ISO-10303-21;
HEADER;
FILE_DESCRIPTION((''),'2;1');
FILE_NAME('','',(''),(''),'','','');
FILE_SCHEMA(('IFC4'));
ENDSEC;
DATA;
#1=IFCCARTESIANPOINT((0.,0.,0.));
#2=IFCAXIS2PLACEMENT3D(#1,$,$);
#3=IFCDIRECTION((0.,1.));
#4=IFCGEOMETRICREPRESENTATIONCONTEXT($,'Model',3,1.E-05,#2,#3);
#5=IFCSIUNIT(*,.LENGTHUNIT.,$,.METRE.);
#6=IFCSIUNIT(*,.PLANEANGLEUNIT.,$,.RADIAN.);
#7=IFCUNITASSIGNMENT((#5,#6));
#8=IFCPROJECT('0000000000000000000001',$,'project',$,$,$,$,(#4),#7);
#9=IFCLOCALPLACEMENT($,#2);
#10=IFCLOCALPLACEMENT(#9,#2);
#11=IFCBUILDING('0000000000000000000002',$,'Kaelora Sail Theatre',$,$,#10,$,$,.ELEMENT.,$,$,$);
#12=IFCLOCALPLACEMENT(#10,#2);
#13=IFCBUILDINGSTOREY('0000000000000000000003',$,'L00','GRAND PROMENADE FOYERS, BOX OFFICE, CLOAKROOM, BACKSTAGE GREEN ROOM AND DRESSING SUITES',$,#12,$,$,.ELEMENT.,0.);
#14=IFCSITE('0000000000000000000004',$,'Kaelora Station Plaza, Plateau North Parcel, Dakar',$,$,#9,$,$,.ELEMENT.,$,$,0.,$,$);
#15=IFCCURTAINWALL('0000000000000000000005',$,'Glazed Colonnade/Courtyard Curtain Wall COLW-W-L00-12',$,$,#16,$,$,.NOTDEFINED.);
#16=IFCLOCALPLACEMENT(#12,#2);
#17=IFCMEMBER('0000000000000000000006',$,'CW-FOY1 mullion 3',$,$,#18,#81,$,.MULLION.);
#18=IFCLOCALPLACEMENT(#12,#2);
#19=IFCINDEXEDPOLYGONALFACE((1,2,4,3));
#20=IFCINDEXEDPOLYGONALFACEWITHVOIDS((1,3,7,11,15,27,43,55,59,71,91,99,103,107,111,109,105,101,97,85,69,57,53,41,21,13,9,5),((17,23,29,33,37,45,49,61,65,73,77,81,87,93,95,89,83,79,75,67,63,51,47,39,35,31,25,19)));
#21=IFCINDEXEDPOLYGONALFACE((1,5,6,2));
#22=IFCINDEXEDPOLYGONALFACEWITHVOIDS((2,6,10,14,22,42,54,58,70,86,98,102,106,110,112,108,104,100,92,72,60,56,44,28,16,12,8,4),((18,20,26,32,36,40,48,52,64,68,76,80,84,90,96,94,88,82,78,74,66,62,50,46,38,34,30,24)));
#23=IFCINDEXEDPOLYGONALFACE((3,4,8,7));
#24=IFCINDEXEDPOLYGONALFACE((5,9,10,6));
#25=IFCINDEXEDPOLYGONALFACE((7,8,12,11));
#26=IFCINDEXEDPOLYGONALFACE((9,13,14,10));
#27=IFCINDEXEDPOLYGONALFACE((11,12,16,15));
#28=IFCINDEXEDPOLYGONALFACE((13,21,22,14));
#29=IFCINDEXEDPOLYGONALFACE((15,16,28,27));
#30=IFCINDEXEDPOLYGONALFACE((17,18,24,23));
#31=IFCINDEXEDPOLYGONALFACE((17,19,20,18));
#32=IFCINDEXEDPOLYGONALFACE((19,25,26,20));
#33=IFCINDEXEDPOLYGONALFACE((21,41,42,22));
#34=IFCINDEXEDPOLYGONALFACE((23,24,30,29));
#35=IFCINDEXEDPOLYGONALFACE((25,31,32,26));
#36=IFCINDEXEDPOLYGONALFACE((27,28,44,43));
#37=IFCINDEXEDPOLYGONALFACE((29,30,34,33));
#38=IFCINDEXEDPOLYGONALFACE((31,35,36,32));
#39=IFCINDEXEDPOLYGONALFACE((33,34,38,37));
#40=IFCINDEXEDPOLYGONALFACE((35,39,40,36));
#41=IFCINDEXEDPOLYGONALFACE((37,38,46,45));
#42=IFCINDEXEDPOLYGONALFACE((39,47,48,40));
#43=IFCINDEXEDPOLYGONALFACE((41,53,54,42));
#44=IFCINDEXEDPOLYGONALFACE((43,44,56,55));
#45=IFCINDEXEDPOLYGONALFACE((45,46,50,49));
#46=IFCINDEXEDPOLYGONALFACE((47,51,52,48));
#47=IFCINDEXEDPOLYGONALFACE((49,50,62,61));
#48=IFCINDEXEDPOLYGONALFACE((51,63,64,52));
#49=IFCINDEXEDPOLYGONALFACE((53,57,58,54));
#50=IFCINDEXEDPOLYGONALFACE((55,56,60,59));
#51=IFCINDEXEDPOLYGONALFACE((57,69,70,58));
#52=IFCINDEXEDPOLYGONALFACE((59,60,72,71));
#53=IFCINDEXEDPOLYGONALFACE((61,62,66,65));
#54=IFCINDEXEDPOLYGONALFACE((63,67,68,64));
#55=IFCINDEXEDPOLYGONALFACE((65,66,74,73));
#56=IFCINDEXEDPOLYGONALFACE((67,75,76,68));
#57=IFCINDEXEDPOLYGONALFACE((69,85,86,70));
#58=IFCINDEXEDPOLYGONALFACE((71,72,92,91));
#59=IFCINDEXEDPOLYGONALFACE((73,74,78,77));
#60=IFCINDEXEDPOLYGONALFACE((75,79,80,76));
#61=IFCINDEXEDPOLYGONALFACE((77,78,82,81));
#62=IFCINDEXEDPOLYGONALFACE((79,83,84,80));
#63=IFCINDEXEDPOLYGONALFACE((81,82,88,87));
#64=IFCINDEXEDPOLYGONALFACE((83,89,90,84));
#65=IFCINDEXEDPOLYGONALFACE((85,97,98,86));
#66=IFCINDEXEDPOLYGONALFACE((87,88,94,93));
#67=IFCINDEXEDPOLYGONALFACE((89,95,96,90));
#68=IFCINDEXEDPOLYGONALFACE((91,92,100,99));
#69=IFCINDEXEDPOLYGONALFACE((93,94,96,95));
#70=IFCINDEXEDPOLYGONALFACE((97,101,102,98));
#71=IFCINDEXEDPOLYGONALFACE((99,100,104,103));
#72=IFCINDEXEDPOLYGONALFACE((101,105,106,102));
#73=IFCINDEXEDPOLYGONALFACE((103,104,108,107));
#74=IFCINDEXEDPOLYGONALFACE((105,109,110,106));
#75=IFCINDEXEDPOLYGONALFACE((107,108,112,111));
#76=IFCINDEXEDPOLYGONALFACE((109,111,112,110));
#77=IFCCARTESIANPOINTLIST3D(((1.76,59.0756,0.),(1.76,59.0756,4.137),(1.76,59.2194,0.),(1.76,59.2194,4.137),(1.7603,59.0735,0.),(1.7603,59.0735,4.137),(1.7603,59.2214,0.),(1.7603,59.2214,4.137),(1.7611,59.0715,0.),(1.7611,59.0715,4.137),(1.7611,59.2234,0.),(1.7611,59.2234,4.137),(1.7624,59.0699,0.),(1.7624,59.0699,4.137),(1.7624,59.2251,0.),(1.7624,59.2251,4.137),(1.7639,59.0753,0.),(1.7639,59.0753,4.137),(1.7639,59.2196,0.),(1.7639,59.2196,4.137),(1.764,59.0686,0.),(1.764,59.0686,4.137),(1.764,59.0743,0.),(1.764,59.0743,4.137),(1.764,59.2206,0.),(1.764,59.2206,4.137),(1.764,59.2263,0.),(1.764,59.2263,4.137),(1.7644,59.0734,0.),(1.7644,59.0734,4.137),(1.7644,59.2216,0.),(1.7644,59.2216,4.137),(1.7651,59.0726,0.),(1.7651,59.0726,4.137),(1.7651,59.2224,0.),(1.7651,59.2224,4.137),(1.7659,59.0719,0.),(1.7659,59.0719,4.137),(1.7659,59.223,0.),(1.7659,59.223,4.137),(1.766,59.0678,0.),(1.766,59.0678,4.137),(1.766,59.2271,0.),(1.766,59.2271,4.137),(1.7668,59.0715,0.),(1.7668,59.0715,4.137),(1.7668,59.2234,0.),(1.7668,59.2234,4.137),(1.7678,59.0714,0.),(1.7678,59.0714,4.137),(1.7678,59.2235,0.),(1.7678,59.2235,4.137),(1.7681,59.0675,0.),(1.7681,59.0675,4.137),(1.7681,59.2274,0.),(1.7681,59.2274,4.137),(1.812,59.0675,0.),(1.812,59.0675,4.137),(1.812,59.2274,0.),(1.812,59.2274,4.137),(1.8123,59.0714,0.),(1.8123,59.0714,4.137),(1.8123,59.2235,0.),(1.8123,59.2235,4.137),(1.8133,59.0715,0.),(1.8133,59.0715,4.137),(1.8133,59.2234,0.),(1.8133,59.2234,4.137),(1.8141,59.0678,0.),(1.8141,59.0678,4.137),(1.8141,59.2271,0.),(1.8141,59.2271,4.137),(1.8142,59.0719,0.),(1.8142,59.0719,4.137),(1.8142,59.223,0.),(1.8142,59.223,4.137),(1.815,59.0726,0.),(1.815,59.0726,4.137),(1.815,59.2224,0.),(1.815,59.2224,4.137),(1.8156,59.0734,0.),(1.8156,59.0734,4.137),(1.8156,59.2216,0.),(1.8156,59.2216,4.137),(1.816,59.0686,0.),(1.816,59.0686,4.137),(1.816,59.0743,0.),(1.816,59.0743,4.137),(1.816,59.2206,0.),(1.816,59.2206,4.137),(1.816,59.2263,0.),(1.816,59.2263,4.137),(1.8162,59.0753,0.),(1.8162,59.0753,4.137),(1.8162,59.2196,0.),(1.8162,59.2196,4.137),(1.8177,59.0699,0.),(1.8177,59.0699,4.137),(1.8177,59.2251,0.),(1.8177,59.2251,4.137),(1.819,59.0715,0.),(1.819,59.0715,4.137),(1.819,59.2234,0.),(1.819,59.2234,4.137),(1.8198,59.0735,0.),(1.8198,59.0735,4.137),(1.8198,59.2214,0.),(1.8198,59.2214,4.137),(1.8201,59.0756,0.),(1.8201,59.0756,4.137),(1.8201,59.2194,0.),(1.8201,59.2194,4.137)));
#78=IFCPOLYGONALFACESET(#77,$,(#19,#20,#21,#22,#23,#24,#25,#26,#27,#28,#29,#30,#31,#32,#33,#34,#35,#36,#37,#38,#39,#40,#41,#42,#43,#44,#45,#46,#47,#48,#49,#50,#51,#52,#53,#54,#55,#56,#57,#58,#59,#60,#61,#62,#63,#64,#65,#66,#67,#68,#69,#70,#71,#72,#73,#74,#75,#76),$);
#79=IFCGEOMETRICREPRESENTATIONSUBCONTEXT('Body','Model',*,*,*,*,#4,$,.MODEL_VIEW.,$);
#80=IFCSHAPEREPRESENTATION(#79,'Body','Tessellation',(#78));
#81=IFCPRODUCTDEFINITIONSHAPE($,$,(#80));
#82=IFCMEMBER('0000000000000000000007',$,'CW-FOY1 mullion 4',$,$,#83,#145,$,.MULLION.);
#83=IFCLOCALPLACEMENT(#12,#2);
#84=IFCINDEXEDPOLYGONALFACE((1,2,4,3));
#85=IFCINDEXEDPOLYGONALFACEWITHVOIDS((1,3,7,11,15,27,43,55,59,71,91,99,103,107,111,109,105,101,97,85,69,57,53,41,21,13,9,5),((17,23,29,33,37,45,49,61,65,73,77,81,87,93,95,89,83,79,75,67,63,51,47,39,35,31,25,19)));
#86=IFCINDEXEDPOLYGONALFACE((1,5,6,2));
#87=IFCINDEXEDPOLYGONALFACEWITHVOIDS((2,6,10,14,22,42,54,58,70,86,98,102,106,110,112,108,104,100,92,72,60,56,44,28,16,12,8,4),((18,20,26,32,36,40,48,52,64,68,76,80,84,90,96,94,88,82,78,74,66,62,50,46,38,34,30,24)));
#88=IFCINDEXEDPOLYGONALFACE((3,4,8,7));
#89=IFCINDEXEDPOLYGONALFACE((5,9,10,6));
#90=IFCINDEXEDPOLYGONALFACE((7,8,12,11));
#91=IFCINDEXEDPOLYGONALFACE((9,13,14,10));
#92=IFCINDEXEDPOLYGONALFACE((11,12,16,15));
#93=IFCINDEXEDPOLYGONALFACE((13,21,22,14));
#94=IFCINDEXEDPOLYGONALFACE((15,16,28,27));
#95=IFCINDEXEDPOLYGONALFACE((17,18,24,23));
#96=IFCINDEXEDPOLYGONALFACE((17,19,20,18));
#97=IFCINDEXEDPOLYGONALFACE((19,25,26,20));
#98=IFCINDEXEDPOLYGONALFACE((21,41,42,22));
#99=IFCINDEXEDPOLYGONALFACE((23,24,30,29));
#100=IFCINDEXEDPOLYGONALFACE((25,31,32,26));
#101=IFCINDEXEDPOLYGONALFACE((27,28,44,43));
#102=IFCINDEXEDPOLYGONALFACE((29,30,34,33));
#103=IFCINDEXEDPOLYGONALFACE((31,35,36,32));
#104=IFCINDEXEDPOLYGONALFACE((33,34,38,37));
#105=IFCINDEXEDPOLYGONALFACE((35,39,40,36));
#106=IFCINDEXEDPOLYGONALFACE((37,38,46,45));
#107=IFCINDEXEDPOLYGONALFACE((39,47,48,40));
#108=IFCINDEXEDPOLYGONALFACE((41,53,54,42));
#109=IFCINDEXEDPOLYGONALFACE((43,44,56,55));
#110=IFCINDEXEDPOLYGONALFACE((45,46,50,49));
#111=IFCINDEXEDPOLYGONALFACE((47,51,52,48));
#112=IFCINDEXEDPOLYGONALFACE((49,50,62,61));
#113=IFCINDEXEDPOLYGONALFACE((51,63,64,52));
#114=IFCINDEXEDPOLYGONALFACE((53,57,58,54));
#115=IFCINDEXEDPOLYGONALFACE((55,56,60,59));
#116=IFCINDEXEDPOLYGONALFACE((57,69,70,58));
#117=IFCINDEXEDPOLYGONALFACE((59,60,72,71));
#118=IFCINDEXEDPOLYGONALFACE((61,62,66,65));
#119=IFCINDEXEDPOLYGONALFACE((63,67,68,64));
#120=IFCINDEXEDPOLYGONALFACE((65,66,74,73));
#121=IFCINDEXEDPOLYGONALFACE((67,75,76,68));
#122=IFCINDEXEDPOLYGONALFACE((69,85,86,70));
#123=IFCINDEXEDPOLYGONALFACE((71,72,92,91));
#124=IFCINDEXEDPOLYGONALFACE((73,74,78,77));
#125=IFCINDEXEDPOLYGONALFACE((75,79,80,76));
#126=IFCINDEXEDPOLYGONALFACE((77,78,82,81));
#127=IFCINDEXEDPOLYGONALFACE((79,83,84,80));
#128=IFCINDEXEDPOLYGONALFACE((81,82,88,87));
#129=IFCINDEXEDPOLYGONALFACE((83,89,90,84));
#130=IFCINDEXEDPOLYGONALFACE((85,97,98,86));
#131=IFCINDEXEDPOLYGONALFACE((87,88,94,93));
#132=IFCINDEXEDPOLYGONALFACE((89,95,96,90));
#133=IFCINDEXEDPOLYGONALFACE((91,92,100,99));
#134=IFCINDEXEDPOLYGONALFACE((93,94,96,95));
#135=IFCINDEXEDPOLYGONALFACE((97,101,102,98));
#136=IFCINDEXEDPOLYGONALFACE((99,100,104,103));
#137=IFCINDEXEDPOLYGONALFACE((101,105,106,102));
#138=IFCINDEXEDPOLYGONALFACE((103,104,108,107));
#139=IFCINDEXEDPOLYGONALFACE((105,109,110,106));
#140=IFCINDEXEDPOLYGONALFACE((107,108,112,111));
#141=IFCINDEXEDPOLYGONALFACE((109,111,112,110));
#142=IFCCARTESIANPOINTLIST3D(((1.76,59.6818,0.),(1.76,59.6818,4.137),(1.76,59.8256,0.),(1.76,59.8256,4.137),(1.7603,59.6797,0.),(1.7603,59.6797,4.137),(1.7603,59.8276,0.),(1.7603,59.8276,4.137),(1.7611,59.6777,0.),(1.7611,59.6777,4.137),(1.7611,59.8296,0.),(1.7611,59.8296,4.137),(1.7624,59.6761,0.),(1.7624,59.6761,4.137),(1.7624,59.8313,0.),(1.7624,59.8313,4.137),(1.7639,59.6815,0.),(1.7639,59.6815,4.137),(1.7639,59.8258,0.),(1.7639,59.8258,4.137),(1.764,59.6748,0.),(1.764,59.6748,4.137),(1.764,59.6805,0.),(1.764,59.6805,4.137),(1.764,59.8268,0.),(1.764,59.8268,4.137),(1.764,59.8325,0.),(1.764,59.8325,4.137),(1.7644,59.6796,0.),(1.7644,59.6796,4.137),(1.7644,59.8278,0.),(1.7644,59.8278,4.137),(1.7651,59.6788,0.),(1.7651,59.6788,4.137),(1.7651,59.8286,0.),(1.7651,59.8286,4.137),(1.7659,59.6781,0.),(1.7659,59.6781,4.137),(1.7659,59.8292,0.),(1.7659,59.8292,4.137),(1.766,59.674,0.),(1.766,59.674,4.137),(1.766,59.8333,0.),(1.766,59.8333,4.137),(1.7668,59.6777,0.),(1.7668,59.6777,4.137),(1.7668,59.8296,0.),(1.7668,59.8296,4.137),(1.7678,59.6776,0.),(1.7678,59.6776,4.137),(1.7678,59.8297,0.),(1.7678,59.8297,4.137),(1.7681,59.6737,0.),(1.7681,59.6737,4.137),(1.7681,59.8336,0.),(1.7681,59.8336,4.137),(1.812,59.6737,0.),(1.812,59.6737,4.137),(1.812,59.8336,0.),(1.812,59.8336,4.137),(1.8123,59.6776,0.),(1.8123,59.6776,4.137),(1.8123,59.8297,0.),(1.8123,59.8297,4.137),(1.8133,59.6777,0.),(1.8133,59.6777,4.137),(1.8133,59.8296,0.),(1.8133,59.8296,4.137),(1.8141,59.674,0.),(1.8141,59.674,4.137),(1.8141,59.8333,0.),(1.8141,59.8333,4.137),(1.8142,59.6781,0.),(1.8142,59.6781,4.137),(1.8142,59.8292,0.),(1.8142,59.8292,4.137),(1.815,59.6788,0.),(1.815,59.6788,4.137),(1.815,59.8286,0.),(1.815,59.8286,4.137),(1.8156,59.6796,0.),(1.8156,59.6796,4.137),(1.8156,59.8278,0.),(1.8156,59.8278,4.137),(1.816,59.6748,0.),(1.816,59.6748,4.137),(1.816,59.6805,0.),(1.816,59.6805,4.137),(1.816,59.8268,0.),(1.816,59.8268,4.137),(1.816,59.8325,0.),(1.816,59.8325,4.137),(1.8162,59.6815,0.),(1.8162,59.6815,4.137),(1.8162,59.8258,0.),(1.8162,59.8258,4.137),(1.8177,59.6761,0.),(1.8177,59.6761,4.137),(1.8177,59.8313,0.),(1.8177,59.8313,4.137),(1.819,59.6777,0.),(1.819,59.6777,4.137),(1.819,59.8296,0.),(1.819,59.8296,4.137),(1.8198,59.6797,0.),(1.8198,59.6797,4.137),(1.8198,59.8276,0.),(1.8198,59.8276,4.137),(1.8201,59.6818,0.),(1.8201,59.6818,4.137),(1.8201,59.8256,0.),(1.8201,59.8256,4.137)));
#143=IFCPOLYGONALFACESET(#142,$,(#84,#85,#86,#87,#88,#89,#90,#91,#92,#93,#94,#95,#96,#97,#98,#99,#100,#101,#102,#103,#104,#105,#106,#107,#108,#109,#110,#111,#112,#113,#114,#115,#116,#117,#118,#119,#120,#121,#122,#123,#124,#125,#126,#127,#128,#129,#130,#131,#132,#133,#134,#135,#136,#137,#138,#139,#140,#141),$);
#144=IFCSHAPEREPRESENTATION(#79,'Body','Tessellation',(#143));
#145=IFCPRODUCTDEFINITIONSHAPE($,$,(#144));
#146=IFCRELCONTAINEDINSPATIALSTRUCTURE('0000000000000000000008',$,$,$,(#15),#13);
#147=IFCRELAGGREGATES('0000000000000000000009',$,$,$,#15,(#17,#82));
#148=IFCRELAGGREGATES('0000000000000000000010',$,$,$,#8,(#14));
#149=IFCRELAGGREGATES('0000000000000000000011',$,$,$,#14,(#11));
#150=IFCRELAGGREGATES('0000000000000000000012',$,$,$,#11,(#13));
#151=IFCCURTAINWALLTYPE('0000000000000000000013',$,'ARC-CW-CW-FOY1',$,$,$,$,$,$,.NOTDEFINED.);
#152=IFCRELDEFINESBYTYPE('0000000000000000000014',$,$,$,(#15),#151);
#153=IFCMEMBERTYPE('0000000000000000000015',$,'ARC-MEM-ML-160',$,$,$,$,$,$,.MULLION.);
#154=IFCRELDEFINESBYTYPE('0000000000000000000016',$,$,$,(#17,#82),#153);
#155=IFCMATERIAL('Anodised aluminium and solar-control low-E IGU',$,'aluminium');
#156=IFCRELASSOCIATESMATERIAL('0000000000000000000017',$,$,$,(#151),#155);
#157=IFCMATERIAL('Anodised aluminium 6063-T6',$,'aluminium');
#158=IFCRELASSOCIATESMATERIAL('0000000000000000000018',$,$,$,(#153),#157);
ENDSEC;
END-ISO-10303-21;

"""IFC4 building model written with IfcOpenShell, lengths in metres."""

from ifc_helpers import new_model, si_unit, direction, frame, origin, origin_2d, place, context, subcontext, project, spatial, hollow_rectangle, extrude, material, material_profile, profile_set, type_object, element, aggregate, save


model = new_model("IFC4")

# Units and contexts
model_context = context("Model", 3, precision=1e-05, world=origin(), true_north=direction((0.0, 1.0)))
body_context = subcontext(model_context, "Body", "Model", "MODEL_VIEW")
ifc_project = project(units=[si_unit("LENGTHUNIT", "METRE"), si_unit("PLANEANGLEUNIT", "RADIAN")], contexts=[model_context])

# Site, building, storey
site_placement = place(None, origin())
site = spatial("IfcSite", under=ifc_project, at=site_placement, Name="Kaelora Station Plaza, Plateau North Parcel, Dakar", CompositionType="ELEMENT", RefElevation=0.0)
building_placement = place(site_placement, origin())
building = spatial("IfcBuilding", under=site, at=building_placement, Name="Kaelora Sail Theatre", CompositionType="ELEMENT")
storey_placement = place(building_placement, origin())
storey = spatial("IfcBuildingStorey", under=building, at=storey_placement, Name="L00", Description="GRAND PROMENADE FOYERS, BOX OFFICE, CLOAKROOM, BACKSTAGE GREEN ROOM AND DRESSING SUITES", CompositionType="ELEMENT", Elevation=0.0)

# Curtain wall, members
ifc_material_1 = material(Name="Anodised aluminium and solar-control low-E IGU", Category="aluminium")
curtain_wall_type = type_object("IfcCurtainWallType", Name="ARC-CW-CW-FOY1", PredefinedType="NOTDEFINED", material=ifc_material_1)
curtain_wall_placement = place(storey_placement, origin())
curtain_wall = element("IfcCurtainWall", 1, at=curtain_wall_placement, inside=storey, type_object=curtain_wall_type, Name="Glazed Colonnade/Courtyard Curtain Wall COLW-W-L00-12", PredefinedType="NOTDEFINED")
ifc_material_2 = material(Name="Anodised aluminium 6063-T6", Category="aluminium")
ifc_material_profile_1 = material_profile(ifc_material_2, hollow_rectangle(XDim=0.0601, YDim=0.1599, WallThickness=0.0039, InnerFilletRadius=0.0039, OuterFilletRadius=0.0081, at=origin_2d()), Name="ALU-MULL 60x160x4")
ifc_profile_set_1 = profile_set([ifc_material_profile_1], Name="Anodised aluminium 6063-T6")
member_type_1 = type_object("IfcMemberType", Name="ARC-MEM-ML-160", PredefinedType="MULLION", material=ifc_profile_set_1)
member_1_placement = place(storey_placement, frame((1.79, 59.1475, 0.0), z_axis=(0.0, 0.0, 1.0), x_axis=(-1.0, 0.0, 0.0)))
member_1 = element("IfcMember", 2, at=member_1_placement, type_object=member_type_1, Name="CW-FOY1 mullion 3", PredefinedType="MULLION", context=body_context, shape_type="SweptSolid", body=[
    extrude(hollow_rectangle(XDim=0.0601, YDim=0.1599, WallThickness=0.0039, InnerFilletRadius=0.0039, OuterFilletRadius=0.0081, at=origin_2d()), origin(), (0.0, 0.0, 1.0), 4.137),
])
member_2_placement = place(storey_placement, frame((1.79, 59.7537, 0.0), z_axis=(0.0, 0.0, 1.0), x_axis=(-1.0, 0.0, 0.0)))
member_2 = element("IfcMember", 3, at=member_2_placement, type_object=member_type_1, Name="CW-FOY1 mullion 4", PredefinedType="MULLION", context=body_context, shape_type="SweptSolid", body=[
    extrude(hollow_rectangle(XDim=0.0601, YDim=0.1599, WallThickness=0.0039, InnerFilletRadius=0.0039, OuterFilletRadius=0.0081, at=origin_2d()), origin(), (0.0, 0.0, 1.0), 4.137),
])
aggregate(curtain_wall, [member_1, member_2])

save(model, "model.ifc")
